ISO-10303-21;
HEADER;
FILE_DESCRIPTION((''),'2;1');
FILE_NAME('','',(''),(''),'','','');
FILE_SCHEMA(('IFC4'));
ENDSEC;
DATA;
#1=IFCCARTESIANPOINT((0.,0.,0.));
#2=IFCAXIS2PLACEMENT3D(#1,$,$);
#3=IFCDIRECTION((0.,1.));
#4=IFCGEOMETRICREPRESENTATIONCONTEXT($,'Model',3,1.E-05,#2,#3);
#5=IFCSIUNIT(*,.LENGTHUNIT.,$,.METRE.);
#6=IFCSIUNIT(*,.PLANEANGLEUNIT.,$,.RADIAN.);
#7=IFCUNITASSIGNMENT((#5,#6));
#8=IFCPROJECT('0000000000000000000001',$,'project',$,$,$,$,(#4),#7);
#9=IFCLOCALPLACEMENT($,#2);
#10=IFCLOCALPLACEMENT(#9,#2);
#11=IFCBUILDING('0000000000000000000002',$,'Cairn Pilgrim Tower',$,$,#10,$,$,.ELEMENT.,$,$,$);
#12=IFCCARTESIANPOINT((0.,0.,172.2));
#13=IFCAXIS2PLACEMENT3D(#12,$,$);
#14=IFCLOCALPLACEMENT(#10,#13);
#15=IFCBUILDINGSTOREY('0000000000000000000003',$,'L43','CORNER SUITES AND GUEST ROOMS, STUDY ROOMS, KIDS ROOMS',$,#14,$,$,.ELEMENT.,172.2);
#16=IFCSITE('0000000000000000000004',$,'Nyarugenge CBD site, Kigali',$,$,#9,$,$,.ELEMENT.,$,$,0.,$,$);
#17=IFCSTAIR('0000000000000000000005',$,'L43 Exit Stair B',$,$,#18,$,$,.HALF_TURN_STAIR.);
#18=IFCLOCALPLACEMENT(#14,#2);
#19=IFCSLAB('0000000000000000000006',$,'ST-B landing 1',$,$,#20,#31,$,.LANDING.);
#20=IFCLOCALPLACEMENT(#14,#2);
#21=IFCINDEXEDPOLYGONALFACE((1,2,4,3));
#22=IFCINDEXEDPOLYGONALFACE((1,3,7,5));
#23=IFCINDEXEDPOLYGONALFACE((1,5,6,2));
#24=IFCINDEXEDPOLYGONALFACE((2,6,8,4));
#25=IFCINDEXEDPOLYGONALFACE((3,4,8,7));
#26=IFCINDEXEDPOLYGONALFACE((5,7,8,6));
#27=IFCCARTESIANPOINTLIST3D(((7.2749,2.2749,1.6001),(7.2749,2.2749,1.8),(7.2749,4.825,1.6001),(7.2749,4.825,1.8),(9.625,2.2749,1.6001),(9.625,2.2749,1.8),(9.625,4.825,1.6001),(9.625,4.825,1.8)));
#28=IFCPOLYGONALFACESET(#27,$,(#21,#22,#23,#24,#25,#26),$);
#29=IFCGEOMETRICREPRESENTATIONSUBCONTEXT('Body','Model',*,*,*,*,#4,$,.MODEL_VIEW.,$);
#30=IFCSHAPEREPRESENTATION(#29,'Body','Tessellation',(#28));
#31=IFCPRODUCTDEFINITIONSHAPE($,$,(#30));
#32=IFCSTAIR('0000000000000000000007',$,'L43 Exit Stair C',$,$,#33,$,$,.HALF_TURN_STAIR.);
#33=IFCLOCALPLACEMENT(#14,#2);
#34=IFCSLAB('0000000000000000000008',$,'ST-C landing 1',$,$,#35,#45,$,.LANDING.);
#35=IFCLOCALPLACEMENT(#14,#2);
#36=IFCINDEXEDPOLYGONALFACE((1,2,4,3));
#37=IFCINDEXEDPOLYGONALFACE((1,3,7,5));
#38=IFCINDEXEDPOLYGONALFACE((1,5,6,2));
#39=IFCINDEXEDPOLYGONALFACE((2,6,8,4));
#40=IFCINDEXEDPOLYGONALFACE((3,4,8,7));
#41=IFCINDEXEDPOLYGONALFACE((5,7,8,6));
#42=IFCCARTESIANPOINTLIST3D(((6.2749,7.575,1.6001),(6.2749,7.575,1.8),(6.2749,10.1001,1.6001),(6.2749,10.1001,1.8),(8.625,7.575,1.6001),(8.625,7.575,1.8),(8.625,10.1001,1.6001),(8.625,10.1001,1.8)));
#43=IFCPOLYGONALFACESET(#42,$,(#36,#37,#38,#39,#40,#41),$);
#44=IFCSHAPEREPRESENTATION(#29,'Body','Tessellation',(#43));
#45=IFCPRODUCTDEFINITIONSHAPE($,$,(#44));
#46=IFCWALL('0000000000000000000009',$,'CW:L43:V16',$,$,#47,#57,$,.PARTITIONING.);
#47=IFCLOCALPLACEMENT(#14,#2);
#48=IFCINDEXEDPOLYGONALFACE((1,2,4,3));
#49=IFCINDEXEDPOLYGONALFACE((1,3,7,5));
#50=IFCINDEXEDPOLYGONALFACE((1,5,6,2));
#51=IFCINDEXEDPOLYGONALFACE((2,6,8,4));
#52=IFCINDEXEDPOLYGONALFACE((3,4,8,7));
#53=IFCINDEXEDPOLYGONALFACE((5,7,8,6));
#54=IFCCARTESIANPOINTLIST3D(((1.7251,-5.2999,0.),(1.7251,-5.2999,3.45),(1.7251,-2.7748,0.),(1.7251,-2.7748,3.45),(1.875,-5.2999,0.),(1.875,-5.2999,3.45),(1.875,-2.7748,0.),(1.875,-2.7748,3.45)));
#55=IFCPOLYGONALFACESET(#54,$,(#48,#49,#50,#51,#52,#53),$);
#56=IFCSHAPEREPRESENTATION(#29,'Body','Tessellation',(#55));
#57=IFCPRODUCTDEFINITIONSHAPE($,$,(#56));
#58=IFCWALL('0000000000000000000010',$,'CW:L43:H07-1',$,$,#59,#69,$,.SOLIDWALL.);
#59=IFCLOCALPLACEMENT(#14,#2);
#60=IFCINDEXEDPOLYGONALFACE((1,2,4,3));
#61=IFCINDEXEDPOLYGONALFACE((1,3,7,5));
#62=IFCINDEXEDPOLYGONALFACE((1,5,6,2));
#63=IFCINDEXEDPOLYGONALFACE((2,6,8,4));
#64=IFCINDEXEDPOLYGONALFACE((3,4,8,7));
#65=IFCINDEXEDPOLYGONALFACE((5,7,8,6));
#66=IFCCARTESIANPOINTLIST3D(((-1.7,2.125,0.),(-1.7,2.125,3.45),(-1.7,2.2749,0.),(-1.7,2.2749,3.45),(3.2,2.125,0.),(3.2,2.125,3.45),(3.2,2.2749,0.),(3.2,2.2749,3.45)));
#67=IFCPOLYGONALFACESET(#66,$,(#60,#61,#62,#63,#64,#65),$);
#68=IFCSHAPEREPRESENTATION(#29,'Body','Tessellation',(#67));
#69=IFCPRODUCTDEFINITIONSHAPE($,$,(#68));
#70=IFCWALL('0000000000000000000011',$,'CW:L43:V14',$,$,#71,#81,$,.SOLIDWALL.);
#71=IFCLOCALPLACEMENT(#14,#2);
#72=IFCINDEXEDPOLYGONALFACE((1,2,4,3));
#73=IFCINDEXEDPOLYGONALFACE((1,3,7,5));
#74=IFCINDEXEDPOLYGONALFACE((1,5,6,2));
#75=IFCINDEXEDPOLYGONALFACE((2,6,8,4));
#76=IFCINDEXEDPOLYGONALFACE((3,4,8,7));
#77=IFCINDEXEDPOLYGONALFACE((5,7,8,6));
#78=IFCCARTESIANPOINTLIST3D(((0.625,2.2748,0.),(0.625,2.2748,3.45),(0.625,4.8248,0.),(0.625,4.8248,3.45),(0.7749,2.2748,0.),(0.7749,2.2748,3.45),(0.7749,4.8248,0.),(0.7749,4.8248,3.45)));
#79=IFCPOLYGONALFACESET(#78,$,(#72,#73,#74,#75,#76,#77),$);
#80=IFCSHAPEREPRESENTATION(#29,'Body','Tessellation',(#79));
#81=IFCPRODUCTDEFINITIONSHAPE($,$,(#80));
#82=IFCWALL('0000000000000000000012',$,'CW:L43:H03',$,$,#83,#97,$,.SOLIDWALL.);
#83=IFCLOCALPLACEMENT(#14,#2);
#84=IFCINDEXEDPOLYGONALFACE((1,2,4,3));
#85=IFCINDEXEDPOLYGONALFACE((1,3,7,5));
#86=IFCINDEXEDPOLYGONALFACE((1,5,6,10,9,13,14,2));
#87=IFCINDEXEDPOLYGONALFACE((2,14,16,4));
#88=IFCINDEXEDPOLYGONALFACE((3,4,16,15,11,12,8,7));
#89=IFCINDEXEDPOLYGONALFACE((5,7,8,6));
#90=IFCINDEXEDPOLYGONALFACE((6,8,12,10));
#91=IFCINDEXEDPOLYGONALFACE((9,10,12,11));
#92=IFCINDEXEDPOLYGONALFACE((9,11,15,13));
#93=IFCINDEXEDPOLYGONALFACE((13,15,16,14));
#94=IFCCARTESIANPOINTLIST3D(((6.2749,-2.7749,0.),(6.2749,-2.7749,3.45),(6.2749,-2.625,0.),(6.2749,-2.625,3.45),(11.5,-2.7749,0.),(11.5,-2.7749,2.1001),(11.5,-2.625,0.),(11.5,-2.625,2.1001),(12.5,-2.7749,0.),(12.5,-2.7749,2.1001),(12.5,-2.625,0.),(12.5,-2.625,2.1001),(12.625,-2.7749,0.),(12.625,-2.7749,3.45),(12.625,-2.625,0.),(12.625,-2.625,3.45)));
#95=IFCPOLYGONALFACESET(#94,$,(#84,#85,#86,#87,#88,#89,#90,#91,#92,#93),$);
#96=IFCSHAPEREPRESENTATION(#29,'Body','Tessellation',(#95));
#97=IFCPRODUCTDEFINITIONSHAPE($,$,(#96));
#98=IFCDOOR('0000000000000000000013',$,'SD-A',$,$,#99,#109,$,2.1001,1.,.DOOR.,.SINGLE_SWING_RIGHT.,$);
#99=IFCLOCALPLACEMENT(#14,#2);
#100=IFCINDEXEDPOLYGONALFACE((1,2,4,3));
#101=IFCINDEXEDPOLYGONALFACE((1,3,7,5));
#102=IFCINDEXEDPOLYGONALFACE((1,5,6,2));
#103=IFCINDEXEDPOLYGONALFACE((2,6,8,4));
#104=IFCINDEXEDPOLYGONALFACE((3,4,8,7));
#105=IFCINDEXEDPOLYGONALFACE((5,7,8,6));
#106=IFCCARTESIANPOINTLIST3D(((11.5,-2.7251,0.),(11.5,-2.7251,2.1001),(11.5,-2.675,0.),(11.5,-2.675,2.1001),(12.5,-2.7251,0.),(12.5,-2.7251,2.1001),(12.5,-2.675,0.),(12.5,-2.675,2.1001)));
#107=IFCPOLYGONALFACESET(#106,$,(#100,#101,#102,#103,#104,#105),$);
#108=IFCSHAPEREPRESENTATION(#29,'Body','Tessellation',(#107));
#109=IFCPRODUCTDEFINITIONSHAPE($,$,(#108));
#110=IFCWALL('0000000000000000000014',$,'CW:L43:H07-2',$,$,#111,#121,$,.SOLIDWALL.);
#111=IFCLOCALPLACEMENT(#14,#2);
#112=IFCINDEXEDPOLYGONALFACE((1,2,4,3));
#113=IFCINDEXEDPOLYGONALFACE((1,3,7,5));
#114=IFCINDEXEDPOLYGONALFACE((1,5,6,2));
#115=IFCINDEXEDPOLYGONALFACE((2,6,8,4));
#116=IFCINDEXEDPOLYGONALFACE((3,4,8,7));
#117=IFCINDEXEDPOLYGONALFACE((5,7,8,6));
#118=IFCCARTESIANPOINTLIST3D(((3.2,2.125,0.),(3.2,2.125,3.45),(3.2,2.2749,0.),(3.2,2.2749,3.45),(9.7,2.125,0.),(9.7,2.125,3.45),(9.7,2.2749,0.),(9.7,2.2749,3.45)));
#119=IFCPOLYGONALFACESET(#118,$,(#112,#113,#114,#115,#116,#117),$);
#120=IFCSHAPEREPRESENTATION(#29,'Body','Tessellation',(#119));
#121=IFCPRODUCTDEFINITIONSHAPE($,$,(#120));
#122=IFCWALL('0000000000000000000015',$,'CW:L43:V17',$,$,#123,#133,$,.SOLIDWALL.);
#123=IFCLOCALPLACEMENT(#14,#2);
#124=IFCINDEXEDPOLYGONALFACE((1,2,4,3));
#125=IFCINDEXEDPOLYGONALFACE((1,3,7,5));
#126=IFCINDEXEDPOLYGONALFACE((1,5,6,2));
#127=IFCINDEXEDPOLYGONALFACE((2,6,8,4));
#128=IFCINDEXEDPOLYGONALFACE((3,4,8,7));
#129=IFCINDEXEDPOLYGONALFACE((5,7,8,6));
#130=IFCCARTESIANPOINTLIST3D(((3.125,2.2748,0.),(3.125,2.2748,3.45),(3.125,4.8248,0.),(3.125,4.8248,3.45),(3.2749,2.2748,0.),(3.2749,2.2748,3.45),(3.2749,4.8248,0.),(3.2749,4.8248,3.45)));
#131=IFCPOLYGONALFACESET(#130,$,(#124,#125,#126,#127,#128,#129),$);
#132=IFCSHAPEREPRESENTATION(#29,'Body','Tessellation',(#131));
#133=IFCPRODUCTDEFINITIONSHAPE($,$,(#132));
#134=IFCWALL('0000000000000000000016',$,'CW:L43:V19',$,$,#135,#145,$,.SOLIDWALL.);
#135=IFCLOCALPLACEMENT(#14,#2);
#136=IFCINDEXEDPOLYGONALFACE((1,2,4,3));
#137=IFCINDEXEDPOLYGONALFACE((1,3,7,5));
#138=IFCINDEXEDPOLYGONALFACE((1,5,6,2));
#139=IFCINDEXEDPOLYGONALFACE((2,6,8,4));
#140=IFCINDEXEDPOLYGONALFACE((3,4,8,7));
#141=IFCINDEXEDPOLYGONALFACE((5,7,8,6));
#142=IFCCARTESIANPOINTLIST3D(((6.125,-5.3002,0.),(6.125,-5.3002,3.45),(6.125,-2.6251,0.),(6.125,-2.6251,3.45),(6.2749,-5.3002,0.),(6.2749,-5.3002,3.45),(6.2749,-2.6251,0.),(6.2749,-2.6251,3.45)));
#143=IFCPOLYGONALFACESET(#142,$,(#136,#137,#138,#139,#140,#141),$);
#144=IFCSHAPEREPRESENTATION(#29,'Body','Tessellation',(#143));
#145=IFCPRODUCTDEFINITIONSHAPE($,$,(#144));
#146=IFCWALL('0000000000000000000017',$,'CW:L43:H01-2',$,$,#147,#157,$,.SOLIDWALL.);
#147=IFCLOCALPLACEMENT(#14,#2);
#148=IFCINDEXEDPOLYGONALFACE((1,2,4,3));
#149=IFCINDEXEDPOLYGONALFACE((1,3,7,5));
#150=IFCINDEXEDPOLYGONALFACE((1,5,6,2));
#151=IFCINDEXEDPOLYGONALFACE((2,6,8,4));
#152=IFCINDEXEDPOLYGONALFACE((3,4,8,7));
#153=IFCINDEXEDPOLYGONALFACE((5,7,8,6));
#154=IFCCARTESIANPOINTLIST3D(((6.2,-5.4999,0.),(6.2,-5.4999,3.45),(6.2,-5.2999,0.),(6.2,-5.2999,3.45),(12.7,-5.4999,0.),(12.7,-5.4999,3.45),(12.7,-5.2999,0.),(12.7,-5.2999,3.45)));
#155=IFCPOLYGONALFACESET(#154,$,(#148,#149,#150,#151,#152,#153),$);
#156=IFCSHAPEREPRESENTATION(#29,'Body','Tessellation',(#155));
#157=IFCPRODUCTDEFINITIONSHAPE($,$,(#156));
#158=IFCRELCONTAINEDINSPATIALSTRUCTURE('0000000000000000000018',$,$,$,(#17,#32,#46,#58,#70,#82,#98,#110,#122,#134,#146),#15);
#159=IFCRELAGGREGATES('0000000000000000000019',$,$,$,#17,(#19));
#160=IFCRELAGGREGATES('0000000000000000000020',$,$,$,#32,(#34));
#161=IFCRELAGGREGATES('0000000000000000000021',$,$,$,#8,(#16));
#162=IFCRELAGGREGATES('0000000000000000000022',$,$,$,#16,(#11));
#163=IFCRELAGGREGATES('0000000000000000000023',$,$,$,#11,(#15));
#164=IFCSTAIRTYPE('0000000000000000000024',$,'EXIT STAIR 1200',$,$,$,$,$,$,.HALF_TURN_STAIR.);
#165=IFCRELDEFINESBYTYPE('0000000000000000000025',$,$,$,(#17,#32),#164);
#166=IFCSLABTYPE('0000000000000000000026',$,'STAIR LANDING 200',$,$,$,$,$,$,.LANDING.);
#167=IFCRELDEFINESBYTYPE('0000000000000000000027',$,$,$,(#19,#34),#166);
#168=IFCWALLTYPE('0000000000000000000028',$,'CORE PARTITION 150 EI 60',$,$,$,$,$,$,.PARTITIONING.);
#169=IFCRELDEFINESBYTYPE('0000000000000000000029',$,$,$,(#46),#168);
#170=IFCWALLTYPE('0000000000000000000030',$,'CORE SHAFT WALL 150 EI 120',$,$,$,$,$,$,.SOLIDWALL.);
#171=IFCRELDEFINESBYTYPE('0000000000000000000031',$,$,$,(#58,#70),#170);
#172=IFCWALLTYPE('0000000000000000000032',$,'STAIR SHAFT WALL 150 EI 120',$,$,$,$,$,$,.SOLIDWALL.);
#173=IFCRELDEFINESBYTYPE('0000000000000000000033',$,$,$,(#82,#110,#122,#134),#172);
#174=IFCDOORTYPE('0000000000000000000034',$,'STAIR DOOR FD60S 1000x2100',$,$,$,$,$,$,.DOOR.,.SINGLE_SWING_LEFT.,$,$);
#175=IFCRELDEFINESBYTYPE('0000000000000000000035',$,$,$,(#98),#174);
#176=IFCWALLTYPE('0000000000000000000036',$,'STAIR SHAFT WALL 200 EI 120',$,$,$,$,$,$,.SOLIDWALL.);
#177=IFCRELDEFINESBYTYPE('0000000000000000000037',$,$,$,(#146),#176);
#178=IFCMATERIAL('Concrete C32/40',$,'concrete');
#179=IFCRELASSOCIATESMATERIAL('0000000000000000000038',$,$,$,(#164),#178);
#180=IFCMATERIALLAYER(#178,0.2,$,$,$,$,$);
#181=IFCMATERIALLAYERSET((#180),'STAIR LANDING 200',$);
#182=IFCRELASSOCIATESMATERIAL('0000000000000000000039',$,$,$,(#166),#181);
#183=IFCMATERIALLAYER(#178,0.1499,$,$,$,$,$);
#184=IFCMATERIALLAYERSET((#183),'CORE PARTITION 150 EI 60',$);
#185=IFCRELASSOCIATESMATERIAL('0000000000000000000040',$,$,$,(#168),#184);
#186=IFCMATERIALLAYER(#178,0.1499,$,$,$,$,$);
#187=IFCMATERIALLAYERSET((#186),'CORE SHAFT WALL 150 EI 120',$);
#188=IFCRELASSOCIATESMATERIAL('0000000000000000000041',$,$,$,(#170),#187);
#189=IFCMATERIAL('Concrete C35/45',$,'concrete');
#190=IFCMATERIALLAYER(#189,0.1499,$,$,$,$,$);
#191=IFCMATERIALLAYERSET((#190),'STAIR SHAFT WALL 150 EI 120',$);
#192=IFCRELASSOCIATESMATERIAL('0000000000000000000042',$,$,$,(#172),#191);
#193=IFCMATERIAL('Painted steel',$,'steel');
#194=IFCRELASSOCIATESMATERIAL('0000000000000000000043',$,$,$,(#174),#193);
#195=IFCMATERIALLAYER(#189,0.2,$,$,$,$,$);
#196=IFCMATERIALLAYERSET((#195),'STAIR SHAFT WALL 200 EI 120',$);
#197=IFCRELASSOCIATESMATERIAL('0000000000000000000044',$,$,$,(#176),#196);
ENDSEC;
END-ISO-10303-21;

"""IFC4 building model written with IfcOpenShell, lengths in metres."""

from ifc_helpers import new_model, si_unit, direction, frame, frame_2d, origin, place, context, subcontext, project, spatial, polyline, rectangle, outline, extrude, material, layer, layer_set, type_object, element, fill, aggregate, save


model = new_model("IFC4")

# Units and contexts
model_context = context("Model", 3, precision=1e-05, world=origin(), true_north=direction((0.0, 1.0)))
body_context = subcontext(model_context, "Body", "Model", "MODEL_VIEW")
ifc_project = project(units=[si_unit("LENGTHUNIT", "METRE"), si_unit("PLANEANGLEUNIT", "RADIAN")], contexts=[model_context])

# Site, building, storey
site_placement = place(None, origin())
site = spatial("IfcSite", under=ifc_project, at=site_placement, Name="Nyarugenge CBD site, Kigali", CompositionType="ELEMENT", RefElevation=0.0)
building_placement = place(site_placement, origin())
building = spatial("IfcBuilding", under=site, at=building_placement, Name="Cairn Pilgrim Tower", CompositionType="ELEMENT")
storey_placement = place(building_placement, frame((0.0, 0.0, 172.2)))
storey = spatial("IfcBuildingStorey", under=building, at=storey_placement, Name="L43", Description="CORNER SUITES AND GUEST ROOMS, STUDY ROOMS, KIDS ROOMS", CompositionType="ELEMENT", Elevation=172.2)

# Shared definitions
ifc_material_1 = material(Name="Concrete C35/45", Category="concrete")

# Stairs, slabs
ifc_material_2 = material(Name="Concrete C32/40", Category="concrete")
stair_type = type_object("IfcStairType", Name="EXIT STAIR 1200", PredefinedType="HALF_TURN_STAIR", material=ifc_material_2)
ifc_layer_1 = layer(ifc_material_2, 0.2)
ifc_layer_set_1 = layer_set([ifc_layer_1], Name="STAIR LANDING 200")
slab_type_1 = type_object("IfcSlabType", Name="STAIR LANDING 200", PredefinedType="LANDING", material=ifc_layer_set_1)
stair_1_placement = place(storey_placement, origin())
stair_1 = element("IfcStair", 1, at=stair_1_placement, inside=storey, type_object=stair_type, Name="L43 Exit Stair B", PredefinedType="HALF_TURN_STAIR")
slab_1_placement = place(storey_placement, frame((0.0, 0.0, 1.6001)))
slab_1 = element("IfcSlab", 2, at=slab_1_placement, type_object=slab_type_1, Name="ST-B landing 1", PredefinedType="LANDING", context=body_context, shape_type="SweptSolid", body=[
    extrude(outline(polyline([(7.2749, 2.2749), (9.625, 2.2749), (9.625, 4.825), (7.2749, 4.825), (7.2749, 2.2749)])), origin(), (0.0, 0.0, 1.0), 0.2),
])
aggregate(stair_1, [slab_1])
stair_2_placement = place(storey_placement, origin())
stair_2 = element("IfcStair", 3, at=stair_2_placement, inside=storey, type_object=stair_type, Name="L43 Exit Stair C", PredefinedType="HALF_TURN_STAIR")
slab_2_placement = place(storey_placement, frame((0.0, 0.0, 1.6001)))
slab_2 = element("IfcSlab", 4, at=slab_2_placement, type_object=slab_type_1, Name="ST-C landing 1", PredefinedType="LANDING", context=body_context, shape_type="SweptSolid", body=[
    extrude(outline(polyline([(8.625, 10.1001), (6.2749, 10.1001), (6.2749, 7.575), (8.625, 7.575), (8.625, 10.1001)])), origin(), (0.0, 0.0, 1.0), 0.2),
])
aggregate(stair_2, [slab_2])

# Walls
ifc_layer_2 = layer(ifc_material_2, 0.1499)
ifc_layer_set_2 = layer_set([ifc_layer_2], Name="CORE PARTITION 150 EI 60")
wall_type_1 = type_object("IfcWallType", Name="CORE PARTITION 150 EI 60", PredefinedType="PARTITIONING", material=ifc_layer_set_2)
wall_1_placement = place(storey_placement, frame((1.8, -5.3, 0.0), z_axis=(0.0, 0.0, 1.0), x_axis=(0.0, 1.0, 0.0)))
element("IfcWall", 5, at=wall_1_placement, inside=storey, type_object=wall_type_1, Name="CW:L43:V16", PredefinedType="PARTITIONING", context=body_context, shape_type="SweptSolid", body=[
    extrude(rectangle(XDim=2.5251, YDim=0.1499, at=frame_2d((1.2627, 0.0))), origin(), (0.0, 0.0, 1.0), 3.45),
])
ifc_layer_3 = layer(ifc_material_2, 0.1499)
ifc_layer_set_3 = layer_set([ifc_layer_3], Name="CORE SHAFT WALL 150 EI 120")
wall_type_2 = type_object("IfcWallType", Name="CORE SHAFT WALL 150 EI 120", PredefinedType="SOLIDWALL", material=ifc_layer_set_3)
wall_2_placement = place(storey_placement, frame((-1.7, 2.2, 0.0), z_axis=(0.0, 0.0, 1.0), x_axis=(1.0, 0.0, 0.0)))
element("IfcWall", 6, at=wall_2_placement, inside=storey, type_object=wall_type_2, Name="CW:L43:H07-1", PredefinedType="SOLIDWALL", context=body_context, shape_type="SweptSolid", body=[
    extrude(rectangle(XDim=4.8999, YDim=0.1499, at=frame_2d((2.45, 0.0))), origin(), (0.0, 0.0, 1.0), 3.45),
])
wall_3_placement = place(storey_placement, frame((0.7, 2.2749, 0.0), z_axis=(0.0, 0.0, 1.0), x_axis=(0.0, 1.0, 0.0)))
element("IfcWall", 7, at=wall_3_placement, inside=storey, type_object=wall_type_2, Name="CW:L43:V14", PredefinedType="SOLIDWALL", context=body_context, shape_type="SweptSolid", body=[
    extrude(rectangle(XDim=2.55, YDim=0.1499, at=frame_2d((1.2749, 0.0))), origin(), (0.0, 0.0, 1.0), 3.45),
])

# Wall, opening, door
ifc_layer_4 = layer(ifc_material_1, 0.1499)
ifc_layer_set_4 = layer_set([ifc_layer_4], Name="STAIR SHAFT WALL 150 EI 120")
wall_type_3 = type_object("IfcWallType", Name="STAIR SHAFT WALL 150 EI 120", PredefinedType="SOLIDWALL", material=ifc_layer_set_4)
wall_4_placement = place(storey_placement, frame((6.2749, -2.7, 0.0), z_axis=(0.0, 0.0, 1.0), x_axis=(1.0, 0.0, 0.0)))
wall_4 = element("IfcWall", 8, at=wall_4_placement, inside=storey, type_object=wall_type_3, Name="CW:L43:H03", PredefinedType="SOLIDWALL", context=body_context, shape_type="SweptSolid", body=[
    extrude(rectangle(XDim=6.3501, YDim=0.1499, at=frame_2d((3.175, 0.0))), origin(), (0.0, 0.0, 1.0), 3.45),
])
opening_placement = place(wall_4_placement, frame((5.2251, 0.0, 0.0)))
opening = element("IfcOpeningElement", 9, at=opening_placement, cuts=wall_4, PredefinedType="OPENING", context=body_context, shape_type="SweptSolid", body=[
    extrude(rectangle(XDim=1.0, YDim=2.1001, at=frame_2d((0.5, 1.05))), frame((0.0, 0.085, 0.0), z_axis=(0.0, -1.0, 0.0), x_axis=(1.0, 0.0, 0.0)), (0.0, 0.0, 1.0), 0.1699),
])
ifc_material_3 = material(Name="Painted steel", Category="steel")
door_type = type_object("IfcDoorType", Name="STAIR DOOR FD60S 1000x2100", OperationType="SINGLE_SWING_LEFT", PredefinedType="DOOR", material=ifc_material_3)
door_placement = place(opening_placement, origin())
door = element("IfcDoor", 10, at=door_placement, inside=storey, type_object=door_type, Name="SD-A", OperationType="SINGLE_SWING_RIGHT", OverallHeight=2.1001, OverallWidth=1.0, PredefinedType="DOOR", context=body_context, shape_type="SweptSolid", body=[
    extrude(rectangle(XDim=1.0, YDim=2.1001, at=frame_2d((0.5, 1.05))), frame((0.0, 0.0249, 0.0), z_axis=(0.0, -1.0, 0.0), x_axis=(1.0, 0.0, 0.0)), (0.0, 0.0, 1.0), 0.05),
])
fill(opening, door)

# Walls
wall_5_placement = place(storey_placement, frame((3.2, 2.2, 0.0), z_axis=(0.0, 0.0, 1.0), x_axis=(1.0, 0.0, 0.0)))
element("IfcWall", 11, at=wall_5_placement, inside=storey, type_object=wall_type_3, Name="CW:L43:H07-2", PredefinedType="SOLIDWALL", context=body_context, shape_type="SweptSolid", body=[
    extrude(rectangle(XDim=6.5, YDim=0.1499, at=frame_2d((3.25, 0.0))), origin(), (0.0, 0.0, 1.0), 3.45),
])
wall_6_placement = place(storey_placement, frame((3.2, 2.2749, 0.0), z_axis=(0.0, 0.0, 1.0), x_axis=(0.0, 1.0, 0.0)))
element("IfcWall", 12, at=wall_6_placement, inside=storey, type_object=wall_type_3, Name="CW:L43:V17", PredefinedType="SOLIDWALL", context=body_context, shape_type="SweptSolid", body=[
    extrude(rectangle(XDim=2.55, YDim=0.1499, at=frame_2d((1.2749, 0.0))), origin(), (0.0, 0.0, 1.0), 3.45),
])
wall_7_placement = place(storey_placement, frame((6.2, -5.3, 0.0), z_axis=(0.0, 0.0, 1.0), x_axis=(0.0, 1.0, 0.0)))
element("IfcWall", 13, at=wall_7_placement, inside=storey, type_object=wall_type_3, Name="CW:L43:V19", PredefinedType="SOLIDWALL", context=body_context, shape_type="SweptSolid", body=[
    extrude(rectangle(XDim=2.675, YDim=0.1499, at=frame_2d((1.3374, 0.0))), origin(), (0.0, 0.0, 1.0), 3.45),
])
ifc_layer_5 = layer(ifc_material_1, 0.2)
ifc_layer_set_5 = layer_set([ifc_layer_5], Name="STAIR SHAFT WALL 200 EI 120")
wall_type_4 = type_object("IfcWallType", Name="STAIR SHAFT WALL 200 EI 120", PredefinedType="SOLIDWALL", material=ifc_layer_set_5)
wall_8_placement = place(storey_placement, frame((6.2, -5.3999, 0.0), z_axis=(0.0, 0.0, 1.0), x_axis=(1.0, 0.0, 0.0)))
element("IfcWall", 14, at=wall_8_placement, inside=storey, type_object=wall_type_4, Name="CW:L43:H01-2", PredefinedType="SOLIDWALL", context=body_context, shape_type="SweptSolid", body=[
    extrude(rectangle(XDim=6.5, YDim=0.2, at=frame_2d((3.25, 0.0))), origin(), (0.0, 0.0, 1.0), 3.45),
])

save(model, "model.ifc")
